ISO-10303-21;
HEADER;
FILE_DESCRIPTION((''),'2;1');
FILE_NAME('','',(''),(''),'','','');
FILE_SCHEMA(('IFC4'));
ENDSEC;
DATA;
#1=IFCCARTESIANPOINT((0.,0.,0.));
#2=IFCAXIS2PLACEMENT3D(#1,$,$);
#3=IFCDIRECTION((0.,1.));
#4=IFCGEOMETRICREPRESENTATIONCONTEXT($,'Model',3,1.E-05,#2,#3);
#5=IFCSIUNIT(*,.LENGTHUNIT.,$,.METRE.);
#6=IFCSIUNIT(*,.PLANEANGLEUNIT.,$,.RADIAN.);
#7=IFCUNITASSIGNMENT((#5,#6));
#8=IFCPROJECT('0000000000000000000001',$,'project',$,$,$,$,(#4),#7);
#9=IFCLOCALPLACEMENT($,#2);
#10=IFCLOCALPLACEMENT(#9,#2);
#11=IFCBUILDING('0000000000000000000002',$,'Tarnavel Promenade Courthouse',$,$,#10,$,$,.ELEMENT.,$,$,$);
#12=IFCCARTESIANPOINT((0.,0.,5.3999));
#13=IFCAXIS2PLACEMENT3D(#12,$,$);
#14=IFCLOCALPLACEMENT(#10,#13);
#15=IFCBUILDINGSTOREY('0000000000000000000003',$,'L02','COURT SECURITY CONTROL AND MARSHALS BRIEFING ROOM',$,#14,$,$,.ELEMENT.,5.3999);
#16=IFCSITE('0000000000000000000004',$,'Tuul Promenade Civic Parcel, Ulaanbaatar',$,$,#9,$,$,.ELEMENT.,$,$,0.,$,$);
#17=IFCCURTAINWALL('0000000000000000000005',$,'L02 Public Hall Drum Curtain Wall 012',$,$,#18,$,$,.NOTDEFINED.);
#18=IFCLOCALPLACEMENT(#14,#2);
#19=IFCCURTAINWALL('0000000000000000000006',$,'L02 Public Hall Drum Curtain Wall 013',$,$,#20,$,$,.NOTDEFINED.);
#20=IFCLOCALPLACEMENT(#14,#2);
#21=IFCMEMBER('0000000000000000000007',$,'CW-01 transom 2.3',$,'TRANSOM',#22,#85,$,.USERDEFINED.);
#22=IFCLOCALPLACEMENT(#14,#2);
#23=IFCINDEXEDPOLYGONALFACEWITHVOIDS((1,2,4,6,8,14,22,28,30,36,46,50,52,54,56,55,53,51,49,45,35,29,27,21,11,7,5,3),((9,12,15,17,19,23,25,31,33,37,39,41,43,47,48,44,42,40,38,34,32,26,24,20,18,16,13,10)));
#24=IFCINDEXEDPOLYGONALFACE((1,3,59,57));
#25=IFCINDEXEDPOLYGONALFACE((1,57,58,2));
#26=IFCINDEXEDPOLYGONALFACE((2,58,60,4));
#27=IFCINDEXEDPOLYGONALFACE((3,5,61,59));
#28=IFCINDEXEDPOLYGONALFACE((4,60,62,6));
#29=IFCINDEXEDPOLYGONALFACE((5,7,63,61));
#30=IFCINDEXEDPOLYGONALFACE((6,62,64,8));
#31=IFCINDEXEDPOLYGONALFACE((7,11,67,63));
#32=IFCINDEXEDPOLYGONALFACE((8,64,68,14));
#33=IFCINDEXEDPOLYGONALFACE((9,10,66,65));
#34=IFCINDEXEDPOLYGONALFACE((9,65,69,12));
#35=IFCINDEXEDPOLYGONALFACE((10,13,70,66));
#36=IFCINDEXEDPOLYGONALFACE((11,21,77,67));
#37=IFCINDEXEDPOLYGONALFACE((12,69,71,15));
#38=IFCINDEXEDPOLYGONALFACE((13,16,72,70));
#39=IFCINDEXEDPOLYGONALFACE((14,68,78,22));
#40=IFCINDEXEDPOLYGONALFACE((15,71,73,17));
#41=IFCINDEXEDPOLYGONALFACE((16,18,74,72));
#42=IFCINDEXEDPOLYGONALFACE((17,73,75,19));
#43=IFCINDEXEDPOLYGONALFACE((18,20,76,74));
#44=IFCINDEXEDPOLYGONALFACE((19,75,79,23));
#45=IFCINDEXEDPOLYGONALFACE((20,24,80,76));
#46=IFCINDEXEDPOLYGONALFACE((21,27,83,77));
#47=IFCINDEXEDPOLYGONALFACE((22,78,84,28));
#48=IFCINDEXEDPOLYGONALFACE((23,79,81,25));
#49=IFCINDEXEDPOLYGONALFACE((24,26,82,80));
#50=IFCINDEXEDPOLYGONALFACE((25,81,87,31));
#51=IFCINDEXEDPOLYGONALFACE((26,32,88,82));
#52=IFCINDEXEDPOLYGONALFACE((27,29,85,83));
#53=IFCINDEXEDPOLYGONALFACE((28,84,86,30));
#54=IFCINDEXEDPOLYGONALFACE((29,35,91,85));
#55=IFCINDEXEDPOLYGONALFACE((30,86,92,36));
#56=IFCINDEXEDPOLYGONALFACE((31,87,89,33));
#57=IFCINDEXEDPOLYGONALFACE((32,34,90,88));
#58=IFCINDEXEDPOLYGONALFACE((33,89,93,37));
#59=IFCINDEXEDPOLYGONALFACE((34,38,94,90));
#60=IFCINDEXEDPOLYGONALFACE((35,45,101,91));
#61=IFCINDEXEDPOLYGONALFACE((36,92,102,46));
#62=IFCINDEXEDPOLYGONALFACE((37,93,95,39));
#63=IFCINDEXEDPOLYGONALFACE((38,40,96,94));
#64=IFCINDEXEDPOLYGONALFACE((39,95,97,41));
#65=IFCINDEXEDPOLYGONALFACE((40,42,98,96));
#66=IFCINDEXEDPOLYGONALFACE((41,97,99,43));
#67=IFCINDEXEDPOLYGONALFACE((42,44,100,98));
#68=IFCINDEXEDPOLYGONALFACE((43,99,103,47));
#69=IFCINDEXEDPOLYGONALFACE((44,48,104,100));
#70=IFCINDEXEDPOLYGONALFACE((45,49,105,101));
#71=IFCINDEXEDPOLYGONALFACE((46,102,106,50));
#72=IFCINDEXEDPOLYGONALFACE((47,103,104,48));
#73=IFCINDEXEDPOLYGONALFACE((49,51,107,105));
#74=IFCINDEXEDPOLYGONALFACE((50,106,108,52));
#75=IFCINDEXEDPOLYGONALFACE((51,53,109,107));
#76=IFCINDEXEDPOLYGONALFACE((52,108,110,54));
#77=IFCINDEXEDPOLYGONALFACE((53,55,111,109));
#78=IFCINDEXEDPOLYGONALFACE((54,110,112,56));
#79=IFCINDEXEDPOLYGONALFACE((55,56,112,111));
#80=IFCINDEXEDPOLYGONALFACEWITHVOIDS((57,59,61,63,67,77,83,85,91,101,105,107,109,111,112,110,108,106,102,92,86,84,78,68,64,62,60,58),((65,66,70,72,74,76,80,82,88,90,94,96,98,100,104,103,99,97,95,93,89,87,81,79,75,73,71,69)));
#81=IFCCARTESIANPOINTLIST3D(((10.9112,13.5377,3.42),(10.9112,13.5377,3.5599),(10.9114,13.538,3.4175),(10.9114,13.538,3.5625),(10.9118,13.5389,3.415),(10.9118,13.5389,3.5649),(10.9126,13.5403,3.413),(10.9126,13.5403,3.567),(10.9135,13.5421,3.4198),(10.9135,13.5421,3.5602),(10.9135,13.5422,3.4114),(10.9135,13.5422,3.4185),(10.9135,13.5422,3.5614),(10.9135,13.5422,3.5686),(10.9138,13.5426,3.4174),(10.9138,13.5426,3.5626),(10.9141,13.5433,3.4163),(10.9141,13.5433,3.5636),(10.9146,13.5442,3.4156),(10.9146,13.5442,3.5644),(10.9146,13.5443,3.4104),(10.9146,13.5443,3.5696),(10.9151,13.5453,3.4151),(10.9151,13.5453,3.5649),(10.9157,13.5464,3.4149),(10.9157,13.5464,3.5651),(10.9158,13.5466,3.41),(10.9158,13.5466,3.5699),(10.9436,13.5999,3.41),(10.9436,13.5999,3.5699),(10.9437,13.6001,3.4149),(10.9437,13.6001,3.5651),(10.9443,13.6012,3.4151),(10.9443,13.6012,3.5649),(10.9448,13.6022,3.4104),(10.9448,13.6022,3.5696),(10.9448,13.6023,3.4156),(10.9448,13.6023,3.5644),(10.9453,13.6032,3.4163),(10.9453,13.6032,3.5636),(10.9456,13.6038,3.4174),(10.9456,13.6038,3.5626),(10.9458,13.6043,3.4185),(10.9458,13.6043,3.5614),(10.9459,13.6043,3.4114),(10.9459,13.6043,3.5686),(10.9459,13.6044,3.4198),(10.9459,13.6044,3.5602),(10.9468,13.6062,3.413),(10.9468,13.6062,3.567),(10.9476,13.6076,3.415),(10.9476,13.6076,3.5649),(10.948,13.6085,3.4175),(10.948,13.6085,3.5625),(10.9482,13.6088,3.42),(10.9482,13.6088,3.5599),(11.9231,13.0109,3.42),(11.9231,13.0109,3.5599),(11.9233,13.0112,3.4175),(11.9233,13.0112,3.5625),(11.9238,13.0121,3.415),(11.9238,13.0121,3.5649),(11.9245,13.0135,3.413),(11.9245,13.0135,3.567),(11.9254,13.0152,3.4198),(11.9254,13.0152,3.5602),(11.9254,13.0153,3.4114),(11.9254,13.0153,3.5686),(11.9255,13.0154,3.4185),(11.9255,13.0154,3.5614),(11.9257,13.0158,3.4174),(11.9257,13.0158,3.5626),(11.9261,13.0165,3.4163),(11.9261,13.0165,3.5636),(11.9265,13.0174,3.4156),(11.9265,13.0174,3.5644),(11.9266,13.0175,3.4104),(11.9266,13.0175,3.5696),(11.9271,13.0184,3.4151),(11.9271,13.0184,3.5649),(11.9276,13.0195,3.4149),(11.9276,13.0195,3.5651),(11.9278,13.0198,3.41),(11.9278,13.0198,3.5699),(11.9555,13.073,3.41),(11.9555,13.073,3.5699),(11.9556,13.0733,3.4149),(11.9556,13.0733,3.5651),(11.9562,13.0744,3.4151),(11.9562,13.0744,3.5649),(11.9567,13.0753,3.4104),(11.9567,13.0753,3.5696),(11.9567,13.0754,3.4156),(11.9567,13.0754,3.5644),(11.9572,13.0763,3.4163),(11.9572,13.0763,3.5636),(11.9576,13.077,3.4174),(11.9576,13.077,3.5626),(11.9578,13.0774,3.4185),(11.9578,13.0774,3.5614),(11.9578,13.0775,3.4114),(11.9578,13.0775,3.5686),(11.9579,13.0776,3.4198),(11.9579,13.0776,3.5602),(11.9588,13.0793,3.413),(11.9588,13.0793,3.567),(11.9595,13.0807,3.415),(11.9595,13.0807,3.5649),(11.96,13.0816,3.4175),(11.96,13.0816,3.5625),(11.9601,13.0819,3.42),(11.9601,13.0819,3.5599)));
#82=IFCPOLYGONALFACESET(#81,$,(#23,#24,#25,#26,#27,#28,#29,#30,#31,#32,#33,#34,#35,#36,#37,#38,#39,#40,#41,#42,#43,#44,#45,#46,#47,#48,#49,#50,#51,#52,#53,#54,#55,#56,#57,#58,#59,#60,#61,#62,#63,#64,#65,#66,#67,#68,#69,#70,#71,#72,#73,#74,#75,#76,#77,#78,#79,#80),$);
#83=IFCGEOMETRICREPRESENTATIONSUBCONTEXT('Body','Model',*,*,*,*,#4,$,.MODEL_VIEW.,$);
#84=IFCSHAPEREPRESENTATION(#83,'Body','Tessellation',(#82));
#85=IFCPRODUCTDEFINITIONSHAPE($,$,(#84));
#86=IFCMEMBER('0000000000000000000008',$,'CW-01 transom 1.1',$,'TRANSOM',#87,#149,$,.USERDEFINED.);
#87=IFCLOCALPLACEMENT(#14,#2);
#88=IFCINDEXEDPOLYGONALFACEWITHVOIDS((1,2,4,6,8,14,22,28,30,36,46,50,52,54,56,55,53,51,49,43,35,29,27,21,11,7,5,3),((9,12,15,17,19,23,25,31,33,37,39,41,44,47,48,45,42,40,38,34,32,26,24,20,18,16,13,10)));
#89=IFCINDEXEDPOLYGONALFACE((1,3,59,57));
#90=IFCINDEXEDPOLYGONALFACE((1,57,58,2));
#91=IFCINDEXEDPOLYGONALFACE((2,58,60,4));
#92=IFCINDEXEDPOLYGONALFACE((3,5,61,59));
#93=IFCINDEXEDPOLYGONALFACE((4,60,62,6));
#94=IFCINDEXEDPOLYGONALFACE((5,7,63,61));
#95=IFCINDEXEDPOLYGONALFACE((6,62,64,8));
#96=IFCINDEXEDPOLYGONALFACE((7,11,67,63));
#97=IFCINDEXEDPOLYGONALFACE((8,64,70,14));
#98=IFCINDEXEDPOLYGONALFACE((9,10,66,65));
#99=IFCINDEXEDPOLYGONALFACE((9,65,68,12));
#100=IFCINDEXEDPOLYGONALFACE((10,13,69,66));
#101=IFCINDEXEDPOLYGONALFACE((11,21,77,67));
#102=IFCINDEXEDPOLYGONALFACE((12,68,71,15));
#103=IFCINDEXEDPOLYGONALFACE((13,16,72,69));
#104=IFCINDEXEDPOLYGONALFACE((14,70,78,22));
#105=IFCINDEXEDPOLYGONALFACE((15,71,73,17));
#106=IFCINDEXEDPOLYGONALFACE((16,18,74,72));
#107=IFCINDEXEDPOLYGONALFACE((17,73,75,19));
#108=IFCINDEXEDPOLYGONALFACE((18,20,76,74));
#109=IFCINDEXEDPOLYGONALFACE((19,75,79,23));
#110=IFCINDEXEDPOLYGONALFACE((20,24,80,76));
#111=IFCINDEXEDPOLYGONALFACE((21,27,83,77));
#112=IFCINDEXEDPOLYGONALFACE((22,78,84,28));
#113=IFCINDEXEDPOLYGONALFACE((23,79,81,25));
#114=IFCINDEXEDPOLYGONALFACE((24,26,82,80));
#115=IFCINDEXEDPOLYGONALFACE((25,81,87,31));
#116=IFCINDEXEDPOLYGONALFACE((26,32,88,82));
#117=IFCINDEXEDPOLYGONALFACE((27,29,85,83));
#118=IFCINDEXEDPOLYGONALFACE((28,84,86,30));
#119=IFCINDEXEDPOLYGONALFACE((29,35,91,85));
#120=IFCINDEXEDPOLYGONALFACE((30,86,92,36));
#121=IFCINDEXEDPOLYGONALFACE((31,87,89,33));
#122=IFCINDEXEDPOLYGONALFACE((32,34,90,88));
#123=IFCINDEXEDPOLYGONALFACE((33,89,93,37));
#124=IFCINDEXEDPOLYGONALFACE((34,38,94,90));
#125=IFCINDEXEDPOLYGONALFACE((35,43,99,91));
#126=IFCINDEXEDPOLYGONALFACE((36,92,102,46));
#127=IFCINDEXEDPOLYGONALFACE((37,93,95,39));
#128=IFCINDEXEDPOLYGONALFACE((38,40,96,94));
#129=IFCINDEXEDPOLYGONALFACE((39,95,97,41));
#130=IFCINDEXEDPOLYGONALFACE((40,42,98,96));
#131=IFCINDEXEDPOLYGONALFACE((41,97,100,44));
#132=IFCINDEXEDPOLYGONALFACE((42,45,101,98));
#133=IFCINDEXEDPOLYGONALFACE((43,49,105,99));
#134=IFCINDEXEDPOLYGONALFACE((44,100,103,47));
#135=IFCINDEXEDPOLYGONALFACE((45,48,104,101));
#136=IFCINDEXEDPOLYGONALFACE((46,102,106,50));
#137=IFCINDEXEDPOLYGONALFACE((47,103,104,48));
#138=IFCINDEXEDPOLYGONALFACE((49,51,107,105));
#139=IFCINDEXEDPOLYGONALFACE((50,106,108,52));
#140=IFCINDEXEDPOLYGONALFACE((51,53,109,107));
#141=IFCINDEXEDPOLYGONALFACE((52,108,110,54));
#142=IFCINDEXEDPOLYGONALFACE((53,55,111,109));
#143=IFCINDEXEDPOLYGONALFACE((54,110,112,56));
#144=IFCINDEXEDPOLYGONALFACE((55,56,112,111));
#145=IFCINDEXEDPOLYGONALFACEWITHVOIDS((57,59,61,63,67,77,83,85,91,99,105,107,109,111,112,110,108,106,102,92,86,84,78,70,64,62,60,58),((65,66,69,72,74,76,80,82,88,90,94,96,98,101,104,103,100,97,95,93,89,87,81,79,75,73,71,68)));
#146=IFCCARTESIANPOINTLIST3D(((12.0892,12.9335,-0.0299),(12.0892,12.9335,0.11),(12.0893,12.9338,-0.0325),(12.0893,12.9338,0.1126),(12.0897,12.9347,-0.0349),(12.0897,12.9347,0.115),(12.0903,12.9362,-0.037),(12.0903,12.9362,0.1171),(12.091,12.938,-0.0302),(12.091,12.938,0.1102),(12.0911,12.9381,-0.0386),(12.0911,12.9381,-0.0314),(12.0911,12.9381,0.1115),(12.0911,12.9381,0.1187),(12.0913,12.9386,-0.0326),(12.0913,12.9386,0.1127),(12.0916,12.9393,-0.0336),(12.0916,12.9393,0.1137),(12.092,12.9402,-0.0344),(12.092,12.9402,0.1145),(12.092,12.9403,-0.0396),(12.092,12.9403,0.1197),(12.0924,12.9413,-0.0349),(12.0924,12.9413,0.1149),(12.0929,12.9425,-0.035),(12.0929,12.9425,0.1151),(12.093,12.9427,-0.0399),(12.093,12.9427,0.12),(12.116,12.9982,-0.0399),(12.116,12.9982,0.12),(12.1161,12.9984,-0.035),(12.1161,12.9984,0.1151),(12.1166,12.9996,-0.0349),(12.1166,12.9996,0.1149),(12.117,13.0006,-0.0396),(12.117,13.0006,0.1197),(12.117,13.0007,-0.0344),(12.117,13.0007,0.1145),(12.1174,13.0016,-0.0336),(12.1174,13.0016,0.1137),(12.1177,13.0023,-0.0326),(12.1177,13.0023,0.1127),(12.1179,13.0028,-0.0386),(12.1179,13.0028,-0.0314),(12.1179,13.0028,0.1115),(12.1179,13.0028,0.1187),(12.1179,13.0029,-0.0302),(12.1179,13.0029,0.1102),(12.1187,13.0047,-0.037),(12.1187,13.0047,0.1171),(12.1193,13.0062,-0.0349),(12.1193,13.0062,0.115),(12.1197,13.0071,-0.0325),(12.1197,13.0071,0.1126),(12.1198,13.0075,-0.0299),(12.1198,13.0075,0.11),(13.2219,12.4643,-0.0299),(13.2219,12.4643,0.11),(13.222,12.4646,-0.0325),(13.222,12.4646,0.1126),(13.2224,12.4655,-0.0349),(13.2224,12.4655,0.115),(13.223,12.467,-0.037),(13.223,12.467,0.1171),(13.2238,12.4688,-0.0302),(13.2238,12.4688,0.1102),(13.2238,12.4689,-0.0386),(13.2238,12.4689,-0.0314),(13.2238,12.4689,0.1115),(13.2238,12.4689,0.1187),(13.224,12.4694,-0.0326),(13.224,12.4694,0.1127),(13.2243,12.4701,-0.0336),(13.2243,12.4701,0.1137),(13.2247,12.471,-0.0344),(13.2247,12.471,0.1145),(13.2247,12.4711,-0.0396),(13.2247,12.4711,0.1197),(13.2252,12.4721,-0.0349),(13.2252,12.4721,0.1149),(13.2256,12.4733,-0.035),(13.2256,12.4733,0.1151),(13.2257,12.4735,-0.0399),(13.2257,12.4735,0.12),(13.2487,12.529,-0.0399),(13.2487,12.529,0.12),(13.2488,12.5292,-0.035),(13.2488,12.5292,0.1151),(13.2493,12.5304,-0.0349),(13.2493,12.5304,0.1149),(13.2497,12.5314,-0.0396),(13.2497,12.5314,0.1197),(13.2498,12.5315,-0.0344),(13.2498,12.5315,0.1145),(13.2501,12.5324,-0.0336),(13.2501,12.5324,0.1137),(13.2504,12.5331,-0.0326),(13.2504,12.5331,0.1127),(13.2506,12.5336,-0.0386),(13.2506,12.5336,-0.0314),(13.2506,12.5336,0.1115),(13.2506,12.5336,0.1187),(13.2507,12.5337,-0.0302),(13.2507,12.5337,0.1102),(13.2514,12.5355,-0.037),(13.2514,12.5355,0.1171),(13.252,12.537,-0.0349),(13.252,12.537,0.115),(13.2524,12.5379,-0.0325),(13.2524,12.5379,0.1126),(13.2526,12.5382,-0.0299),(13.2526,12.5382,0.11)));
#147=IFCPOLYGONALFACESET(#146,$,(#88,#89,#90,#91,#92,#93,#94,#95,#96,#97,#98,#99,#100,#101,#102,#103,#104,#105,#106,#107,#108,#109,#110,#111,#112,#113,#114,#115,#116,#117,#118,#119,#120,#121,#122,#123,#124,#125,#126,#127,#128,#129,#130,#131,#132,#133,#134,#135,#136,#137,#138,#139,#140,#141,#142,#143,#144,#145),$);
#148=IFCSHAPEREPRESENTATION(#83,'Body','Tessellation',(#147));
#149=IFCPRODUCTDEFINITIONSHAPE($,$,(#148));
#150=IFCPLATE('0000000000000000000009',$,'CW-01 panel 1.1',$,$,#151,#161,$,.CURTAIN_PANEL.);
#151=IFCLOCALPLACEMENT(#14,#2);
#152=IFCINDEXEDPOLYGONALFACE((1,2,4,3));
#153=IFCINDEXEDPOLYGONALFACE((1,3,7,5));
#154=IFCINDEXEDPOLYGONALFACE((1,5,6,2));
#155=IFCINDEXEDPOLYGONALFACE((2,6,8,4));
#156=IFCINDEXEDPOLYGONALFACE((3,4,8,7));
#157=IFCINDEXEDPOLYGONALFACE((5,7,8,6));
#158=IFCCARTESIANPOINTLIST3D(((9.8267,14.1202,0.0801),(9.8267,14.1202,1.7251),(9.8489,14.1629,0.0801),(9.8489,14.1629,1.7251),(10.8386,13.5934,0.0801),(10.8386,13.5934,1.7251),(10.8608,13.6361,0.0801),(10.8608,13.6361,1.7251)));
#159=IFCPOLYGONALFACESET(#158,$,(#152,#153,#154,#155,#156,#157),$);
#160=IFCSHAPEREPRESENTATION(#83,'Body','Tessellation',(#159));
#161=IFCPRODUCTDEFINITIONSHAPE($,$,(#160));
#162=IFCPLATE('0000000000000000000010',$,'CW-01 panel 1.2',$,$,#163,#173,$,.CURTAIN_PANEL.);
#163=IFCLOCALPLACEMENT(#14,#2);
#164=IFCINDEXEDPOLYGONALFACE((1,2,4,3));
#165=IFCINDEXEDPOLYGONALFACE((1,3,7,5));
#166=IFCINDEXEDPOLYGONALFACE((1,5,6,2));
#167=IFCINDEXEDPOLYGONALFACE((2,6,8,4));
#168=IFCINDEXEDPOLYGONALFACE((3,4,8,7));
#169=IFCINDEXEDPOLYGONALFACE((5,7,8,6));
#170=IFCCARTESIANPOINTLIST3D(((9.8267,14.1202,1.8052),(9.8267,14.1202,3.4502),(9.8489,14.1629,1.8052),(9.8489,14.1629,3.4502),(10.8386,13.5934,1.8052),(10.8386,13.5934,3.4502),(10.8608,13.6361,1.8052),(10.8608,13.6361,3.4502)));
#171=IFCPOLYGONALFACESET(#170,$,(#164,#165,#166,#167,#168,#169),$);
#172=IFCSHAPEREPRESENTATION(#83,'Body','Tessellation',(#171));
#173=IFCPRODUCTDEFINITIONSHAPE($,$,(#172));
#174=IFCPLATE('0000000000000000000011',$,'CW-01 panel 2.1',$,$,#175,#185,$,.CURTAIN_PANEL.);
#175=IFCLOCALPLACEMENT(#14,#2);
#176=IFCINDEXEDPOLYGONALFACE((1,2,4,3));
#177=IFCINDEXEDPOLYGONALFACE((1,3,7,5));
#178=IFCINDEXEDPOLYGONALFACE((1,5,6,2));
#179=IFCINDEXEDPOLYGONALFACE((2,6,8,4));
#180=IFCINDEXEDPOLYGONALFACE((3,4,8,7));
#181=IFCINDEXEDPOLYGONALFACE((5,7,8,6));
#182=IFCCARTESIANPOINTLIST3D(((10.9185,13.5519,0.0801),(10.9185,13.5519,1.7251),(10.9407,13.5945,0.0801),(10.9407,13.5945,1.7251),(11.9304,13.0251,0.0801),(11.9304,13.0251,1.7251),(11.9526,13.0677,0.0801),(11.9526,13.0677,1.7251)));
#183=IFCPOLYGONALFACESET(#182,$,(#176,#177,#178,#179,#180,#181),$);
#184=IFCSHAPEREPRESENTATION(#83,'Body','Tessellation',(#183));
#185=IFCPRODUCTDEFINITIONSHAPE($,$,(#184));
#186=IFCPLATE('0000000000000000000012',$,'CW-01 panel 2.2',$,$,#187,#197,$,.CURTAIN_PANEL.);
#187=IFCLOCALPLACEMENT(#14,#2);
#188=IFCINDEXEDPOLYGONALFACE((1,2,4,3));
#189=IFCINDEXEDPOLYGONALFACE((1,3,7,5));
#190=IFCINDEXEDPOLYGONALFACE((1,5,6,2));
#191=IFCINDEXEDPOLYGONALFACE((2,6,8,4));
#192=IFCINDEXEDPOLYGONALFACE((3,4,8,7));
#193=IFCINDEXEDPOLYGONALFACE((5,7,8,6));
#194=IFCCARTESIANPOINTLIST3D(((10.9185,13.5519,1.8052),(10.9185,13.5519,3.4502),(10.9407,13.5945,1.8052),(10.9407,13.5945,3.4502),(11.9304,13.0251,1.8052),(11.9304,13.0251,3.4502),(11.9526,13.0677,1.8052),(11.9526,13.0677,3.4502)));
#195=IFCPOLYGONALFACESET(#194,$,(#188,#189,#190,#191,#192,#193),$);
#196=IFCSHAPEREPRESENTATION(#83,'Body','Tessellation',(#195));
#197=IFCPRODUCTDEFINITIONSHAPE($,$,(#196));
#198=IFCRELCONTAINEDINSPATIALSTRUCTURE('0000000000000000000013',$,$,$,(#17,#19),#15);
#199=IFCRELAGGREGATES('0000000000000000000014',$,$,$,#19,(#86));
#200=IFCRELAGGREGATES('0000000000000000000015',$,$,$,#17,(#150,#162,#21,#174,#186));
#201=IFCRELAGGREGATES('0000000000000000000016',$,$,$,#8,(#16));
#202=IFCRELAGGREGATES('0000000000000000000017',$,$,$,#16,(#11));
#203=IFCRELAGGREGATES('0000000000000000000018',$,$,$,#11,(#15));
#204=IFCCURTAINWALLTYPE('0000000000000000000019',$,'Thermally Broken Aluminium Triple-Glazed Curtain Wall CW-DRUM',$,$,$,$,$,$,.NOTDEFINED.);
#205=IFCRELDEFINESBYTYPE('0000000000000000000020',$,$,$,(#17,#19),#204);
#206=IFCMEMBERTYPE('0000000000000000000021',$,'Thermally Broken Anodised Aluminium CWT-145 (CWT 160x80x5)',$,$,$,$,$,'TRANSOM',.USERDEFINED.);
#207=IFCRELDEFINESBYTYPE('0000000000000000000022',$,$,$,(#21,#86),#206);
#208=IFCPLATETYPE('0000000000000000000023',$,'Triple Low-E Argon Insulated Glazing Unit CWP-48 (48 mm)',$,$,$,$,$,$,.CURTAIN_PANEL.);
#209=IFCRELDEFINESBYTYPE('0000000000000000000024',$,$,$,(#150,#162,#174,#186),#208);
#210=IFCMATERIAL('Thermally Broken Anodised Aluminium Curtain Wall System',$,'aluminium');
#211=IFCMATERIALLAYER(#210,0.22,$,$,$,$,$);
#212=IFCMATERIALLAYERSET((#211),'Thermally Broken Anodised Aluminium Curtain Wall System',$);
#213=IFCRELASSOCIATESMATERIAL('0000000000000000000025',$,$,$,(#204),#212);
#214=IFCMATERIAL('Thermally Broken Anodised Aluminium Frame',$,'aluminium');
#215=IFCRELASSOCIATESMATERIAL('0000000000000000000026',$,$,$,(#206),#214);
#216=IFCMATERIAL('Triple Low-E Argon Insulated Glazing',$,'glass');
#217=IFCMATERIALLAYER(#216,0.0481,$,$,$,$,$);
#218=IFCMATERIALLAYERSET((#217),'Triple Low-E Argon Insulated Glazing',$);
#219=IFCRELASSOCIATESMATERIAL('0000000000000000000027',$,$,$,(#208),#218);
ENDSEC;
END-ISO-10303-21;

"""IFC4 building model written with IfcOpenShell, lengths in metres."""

from ifc_helpers import new_model, si_unit, direction, frame, origin, origin_2d, place, context, subcontext, project, spatial, rectangle, hollow_rectangle, extrude, material, layer, layer_set, material_profile, profile_set, type_object, element, aggregate, save


model = new_model("IFC4")

# Units and contexts
model_context = context("Model", 3, precision=1e-05, world=origin(), true_north=direction((0.0, 1.0)))
body_context = subcontext(model_context, "Body", "Model", "MODEL_VIEW")
ifc_project = project(units=[si_unit("LENGTHUNIT", "METRE"), si_unit("PLANEANGLEUNIT", "RADIAN")], contexts=[model_context])

# Site, building, storey
site_placement = place(None, origin())
site = spatial("IfcSite", under=ifc_project, at=site_placement, Name="Tuul Promenade Civic Parcel, Ulaanbaatar", CompositionType="ELEMENT", RefElevation=0.0)
building_placement = place(site_placement, origin())
building = spatial("IfcBuilding", under=site, at=building_placement, Name="Tarnavel Promenade Courthouse", CompositionType="ELEMENT")
storey_placement = place(building_placement, frame((0.0, 0.0, 5.3999)))
storey = spatial("IfcBuildingStorey", under=building, at=storey_placement, Name="L02", Description="COURT SECURITY CONTROL AND MARSHALS BRIEFING ROOM", CompositionType="ELEMENT", Elevation=5.3999)

# Curtain wall
ifc_material_1 = material(Name="Thermally Broken Anodised Aluminium Curtain Wall System", Category="aluminium")
ifc_layer_1 = layer(ifc_material_1, 0.22)
ifc_layer_set_1 = layer_set([ifc_layer_1], Name="Thermally Broken Anodised Aluminium Curtain Wall System")
curtain_wall_type = type_object("IfcCurtainWallType", Name="Thermally Broken Aluminium Triple-Glazed Curtain Wall CW-DRUM", PredefinedType="NOTDEFINED", material=ifc_layer_set_1)
curtain_wall_1_placement = place(storey_placement, origin())
curtain_wall_1 = element("IfcCurtainWall", 1, at=curtain_wall_1_placement, inside=storey, type_object=curtain_wall_type, Name="L02 Public Hall Drum Curtain Wall 012", PredefinedType="NOTDEFINED")
ifc_material_2 = material(Name="Thermally Broken Anodised Aluminium Frame", Category="aluminium")

# Curtain wall
curtain_wall_2_placement = place(storey_placement, origin())
curtain_wall_2 = element("IfcCurtainWall", 2, at=curtain_wall_2_placement, inside=storey, type_object=curtain_wall_type, Name="L02 Public Hall Drum Curtain Wall 013", PredefinedType="NOTDEFINED")

# Members
ifc_material_profile_1 = material_profile(ifc_material_2, hollow_rectangle(XDim=0.0801, YDim=0.1599, WallThickness=0.0049, InnerFilletRadius=0.0049, OuterFilletRadius=0.01, at=origin_2d()), Name="CWT 160x80x5")
ifc_profile_set_1 = profile_set([ifc_material_profile_1], Name="Thermally Broken Anodised Aluminium Frame")
member_type_1 = type_object("IfcMemberType", Name="Thermally Broken Anodised Aluminium CWT-145 (CWT 160x80x5)", ElementType="TRANSOM", PredefinedType="USERDEFINED", material=ifc_profile_set_1)
member_1_placement = place(storey_placement, frame((10.9297, 13.5732, 3.49), z_axis=(0.886989, -0.461791, 0.0), x_axis=(0.461791, 0.886989, 0.0)))
member_1 = element("IfcMember", 3, at=member_1_placement, type_object=member_type_1, Name="CW-01 transom 2.3", ObjectType="TRANSOM", PredefinedType="USERDEFINED", context=body_context, shape_type="SweptSolid", body=[
    extrude(hollow_rectangle(XDim=0.0801, YDim=0.1599, WallThickness=0.0049, InnerFilletRadius=0.0049, OuterFilletRadius=0.01, at=origin_2d()), origin(), (0.0, 0.0, 1.0), 1.1409),
])
member_2_placement = place(storey_placement, frame((12.1045, 12.9705, 0.04), z_axis=(0.923876, -0.382692, 0.0), x_axis=(0.382692, 0.923876, 0.0)))
member_2 = element("IfcMember", 4, at=member_2_placement, type_object=member_type_1, Name="CW-01 transom 1.1", ObjectType="TRANSOM", PredefinedType="USERDEFINED", context=body_context, shape_type="SweptSolid", body=[
    extrude(hollow_rectangle(XDim=0.0801, YDim=0.1599, WallThickness=0.0049, InnerFilletRadius=0.0049, OuterFilletRadius=0.01, at=origin_2d()), origin(), (0.0, 0.0, 1.0), 1.2261),
])
aggregate(curtain_wall_2, [member_2])

# Plates
ifc_material_3 = material(Name="Triple Low-E Argon Insulated Glazing", Category="glass")
ifc_layer_2 = layer(ifc_material_3, 0.0481)
ifc_layer_set_2 = layer_set([ifc_layer_2], Name="Triple Low-E Argon Insulated Glazing")
plate_type = type_object("IfcPlateType", Name="Triple Low-E Argon Insulated Glazing Unit CWP-48 (48 mm)", PredefinedType="CURTAIN_PANEL", material=ifc_layer_set_2)
plate_1_placement = place(storey_placement, frame((10.3438, 13.8782, 0.0801), z_axis=(0.0, 0.0, 1.0), x_axis=(0.88701, -0.461749, 0.0)))
plate_1 = element("IfcPlate", 5, at=plate_1_placement, type_object=plate_type, Name="CW-01 panel 1.1", PredefinedType="CURTAIN_PANEL", context=body_context, shape_type="SweptSolid", body=[
    extrude(rectangle(XDim=1.1409, YDim=0.0481, at=origin_2d()), origin(), (0.0, 0.0, 1.0), 1.645),
])
plate_2_placement = place(storey_placement, frame((10.3438, 13.8782, 1.8052), z_axis=(0.0, 0.0, 1.0), x_axis=(0.88701, -0.461749, 0.0)))
plate_2 = element("IfcPlate", 6, at=plate_2_placement, type_object=plate_type, Name="CW-01 panel 1.2", PredefinedType="CURTAIN_PANEL", context=body_context, shape_type="SweptSolid", body=[
    extrude(rectangle(XDim=1.1409, YDim=0.0481, at=origin_2d()), origin(), (0.0, 0.0, 1.0), 1.645),
])
plate_3_placement = place(storey_placement, frame((11.4355, 13.3098, 0.0801), z_axis=(0.0, 0.0, 1.0), x_axis=(0.88701, -0.461749, 0.0)))
plate_3 = element("IfcPlate", 7, at=plate_3_placement, type_object=plate_type, Name="CW-01 panel 2.1", PredefinedType="CURTAIN_PANEL", context=body_context, shape_type="SweptSolid", body=[
    extrude(rectangle(XDim=1.1409, YDim=0.0481, at=origin_2d()), origin(), (0.0, 0.0, 1.0), 1.645),
])
plate_4_placement = place(storey_placement, frame((11.4355, 13.3098, 1.8052), z_axis=(0.0, 0.0, 1.0), x_axis=(0.88701, -0.461749, 0.0)))
plate_4 = element("IfcPlate", 8, at=plate_4_placement, type_object=plate_type, Name="CW-01 panel 2.2", PredefinedType="CURTAIN_PANEL", context=body_context, shape_type="SweptSolid", body=[
    extrude(rectangle(XDim=1.1409, YDim=0.0481, at=origin_2d()), origin(), (0.0, 0.0, 1.0), 1.645),
])
aggregate(curtain_wall_1, [plate_1, plate_2, member_1, plate_3, plate_4])

save(model, "model.ifc")
